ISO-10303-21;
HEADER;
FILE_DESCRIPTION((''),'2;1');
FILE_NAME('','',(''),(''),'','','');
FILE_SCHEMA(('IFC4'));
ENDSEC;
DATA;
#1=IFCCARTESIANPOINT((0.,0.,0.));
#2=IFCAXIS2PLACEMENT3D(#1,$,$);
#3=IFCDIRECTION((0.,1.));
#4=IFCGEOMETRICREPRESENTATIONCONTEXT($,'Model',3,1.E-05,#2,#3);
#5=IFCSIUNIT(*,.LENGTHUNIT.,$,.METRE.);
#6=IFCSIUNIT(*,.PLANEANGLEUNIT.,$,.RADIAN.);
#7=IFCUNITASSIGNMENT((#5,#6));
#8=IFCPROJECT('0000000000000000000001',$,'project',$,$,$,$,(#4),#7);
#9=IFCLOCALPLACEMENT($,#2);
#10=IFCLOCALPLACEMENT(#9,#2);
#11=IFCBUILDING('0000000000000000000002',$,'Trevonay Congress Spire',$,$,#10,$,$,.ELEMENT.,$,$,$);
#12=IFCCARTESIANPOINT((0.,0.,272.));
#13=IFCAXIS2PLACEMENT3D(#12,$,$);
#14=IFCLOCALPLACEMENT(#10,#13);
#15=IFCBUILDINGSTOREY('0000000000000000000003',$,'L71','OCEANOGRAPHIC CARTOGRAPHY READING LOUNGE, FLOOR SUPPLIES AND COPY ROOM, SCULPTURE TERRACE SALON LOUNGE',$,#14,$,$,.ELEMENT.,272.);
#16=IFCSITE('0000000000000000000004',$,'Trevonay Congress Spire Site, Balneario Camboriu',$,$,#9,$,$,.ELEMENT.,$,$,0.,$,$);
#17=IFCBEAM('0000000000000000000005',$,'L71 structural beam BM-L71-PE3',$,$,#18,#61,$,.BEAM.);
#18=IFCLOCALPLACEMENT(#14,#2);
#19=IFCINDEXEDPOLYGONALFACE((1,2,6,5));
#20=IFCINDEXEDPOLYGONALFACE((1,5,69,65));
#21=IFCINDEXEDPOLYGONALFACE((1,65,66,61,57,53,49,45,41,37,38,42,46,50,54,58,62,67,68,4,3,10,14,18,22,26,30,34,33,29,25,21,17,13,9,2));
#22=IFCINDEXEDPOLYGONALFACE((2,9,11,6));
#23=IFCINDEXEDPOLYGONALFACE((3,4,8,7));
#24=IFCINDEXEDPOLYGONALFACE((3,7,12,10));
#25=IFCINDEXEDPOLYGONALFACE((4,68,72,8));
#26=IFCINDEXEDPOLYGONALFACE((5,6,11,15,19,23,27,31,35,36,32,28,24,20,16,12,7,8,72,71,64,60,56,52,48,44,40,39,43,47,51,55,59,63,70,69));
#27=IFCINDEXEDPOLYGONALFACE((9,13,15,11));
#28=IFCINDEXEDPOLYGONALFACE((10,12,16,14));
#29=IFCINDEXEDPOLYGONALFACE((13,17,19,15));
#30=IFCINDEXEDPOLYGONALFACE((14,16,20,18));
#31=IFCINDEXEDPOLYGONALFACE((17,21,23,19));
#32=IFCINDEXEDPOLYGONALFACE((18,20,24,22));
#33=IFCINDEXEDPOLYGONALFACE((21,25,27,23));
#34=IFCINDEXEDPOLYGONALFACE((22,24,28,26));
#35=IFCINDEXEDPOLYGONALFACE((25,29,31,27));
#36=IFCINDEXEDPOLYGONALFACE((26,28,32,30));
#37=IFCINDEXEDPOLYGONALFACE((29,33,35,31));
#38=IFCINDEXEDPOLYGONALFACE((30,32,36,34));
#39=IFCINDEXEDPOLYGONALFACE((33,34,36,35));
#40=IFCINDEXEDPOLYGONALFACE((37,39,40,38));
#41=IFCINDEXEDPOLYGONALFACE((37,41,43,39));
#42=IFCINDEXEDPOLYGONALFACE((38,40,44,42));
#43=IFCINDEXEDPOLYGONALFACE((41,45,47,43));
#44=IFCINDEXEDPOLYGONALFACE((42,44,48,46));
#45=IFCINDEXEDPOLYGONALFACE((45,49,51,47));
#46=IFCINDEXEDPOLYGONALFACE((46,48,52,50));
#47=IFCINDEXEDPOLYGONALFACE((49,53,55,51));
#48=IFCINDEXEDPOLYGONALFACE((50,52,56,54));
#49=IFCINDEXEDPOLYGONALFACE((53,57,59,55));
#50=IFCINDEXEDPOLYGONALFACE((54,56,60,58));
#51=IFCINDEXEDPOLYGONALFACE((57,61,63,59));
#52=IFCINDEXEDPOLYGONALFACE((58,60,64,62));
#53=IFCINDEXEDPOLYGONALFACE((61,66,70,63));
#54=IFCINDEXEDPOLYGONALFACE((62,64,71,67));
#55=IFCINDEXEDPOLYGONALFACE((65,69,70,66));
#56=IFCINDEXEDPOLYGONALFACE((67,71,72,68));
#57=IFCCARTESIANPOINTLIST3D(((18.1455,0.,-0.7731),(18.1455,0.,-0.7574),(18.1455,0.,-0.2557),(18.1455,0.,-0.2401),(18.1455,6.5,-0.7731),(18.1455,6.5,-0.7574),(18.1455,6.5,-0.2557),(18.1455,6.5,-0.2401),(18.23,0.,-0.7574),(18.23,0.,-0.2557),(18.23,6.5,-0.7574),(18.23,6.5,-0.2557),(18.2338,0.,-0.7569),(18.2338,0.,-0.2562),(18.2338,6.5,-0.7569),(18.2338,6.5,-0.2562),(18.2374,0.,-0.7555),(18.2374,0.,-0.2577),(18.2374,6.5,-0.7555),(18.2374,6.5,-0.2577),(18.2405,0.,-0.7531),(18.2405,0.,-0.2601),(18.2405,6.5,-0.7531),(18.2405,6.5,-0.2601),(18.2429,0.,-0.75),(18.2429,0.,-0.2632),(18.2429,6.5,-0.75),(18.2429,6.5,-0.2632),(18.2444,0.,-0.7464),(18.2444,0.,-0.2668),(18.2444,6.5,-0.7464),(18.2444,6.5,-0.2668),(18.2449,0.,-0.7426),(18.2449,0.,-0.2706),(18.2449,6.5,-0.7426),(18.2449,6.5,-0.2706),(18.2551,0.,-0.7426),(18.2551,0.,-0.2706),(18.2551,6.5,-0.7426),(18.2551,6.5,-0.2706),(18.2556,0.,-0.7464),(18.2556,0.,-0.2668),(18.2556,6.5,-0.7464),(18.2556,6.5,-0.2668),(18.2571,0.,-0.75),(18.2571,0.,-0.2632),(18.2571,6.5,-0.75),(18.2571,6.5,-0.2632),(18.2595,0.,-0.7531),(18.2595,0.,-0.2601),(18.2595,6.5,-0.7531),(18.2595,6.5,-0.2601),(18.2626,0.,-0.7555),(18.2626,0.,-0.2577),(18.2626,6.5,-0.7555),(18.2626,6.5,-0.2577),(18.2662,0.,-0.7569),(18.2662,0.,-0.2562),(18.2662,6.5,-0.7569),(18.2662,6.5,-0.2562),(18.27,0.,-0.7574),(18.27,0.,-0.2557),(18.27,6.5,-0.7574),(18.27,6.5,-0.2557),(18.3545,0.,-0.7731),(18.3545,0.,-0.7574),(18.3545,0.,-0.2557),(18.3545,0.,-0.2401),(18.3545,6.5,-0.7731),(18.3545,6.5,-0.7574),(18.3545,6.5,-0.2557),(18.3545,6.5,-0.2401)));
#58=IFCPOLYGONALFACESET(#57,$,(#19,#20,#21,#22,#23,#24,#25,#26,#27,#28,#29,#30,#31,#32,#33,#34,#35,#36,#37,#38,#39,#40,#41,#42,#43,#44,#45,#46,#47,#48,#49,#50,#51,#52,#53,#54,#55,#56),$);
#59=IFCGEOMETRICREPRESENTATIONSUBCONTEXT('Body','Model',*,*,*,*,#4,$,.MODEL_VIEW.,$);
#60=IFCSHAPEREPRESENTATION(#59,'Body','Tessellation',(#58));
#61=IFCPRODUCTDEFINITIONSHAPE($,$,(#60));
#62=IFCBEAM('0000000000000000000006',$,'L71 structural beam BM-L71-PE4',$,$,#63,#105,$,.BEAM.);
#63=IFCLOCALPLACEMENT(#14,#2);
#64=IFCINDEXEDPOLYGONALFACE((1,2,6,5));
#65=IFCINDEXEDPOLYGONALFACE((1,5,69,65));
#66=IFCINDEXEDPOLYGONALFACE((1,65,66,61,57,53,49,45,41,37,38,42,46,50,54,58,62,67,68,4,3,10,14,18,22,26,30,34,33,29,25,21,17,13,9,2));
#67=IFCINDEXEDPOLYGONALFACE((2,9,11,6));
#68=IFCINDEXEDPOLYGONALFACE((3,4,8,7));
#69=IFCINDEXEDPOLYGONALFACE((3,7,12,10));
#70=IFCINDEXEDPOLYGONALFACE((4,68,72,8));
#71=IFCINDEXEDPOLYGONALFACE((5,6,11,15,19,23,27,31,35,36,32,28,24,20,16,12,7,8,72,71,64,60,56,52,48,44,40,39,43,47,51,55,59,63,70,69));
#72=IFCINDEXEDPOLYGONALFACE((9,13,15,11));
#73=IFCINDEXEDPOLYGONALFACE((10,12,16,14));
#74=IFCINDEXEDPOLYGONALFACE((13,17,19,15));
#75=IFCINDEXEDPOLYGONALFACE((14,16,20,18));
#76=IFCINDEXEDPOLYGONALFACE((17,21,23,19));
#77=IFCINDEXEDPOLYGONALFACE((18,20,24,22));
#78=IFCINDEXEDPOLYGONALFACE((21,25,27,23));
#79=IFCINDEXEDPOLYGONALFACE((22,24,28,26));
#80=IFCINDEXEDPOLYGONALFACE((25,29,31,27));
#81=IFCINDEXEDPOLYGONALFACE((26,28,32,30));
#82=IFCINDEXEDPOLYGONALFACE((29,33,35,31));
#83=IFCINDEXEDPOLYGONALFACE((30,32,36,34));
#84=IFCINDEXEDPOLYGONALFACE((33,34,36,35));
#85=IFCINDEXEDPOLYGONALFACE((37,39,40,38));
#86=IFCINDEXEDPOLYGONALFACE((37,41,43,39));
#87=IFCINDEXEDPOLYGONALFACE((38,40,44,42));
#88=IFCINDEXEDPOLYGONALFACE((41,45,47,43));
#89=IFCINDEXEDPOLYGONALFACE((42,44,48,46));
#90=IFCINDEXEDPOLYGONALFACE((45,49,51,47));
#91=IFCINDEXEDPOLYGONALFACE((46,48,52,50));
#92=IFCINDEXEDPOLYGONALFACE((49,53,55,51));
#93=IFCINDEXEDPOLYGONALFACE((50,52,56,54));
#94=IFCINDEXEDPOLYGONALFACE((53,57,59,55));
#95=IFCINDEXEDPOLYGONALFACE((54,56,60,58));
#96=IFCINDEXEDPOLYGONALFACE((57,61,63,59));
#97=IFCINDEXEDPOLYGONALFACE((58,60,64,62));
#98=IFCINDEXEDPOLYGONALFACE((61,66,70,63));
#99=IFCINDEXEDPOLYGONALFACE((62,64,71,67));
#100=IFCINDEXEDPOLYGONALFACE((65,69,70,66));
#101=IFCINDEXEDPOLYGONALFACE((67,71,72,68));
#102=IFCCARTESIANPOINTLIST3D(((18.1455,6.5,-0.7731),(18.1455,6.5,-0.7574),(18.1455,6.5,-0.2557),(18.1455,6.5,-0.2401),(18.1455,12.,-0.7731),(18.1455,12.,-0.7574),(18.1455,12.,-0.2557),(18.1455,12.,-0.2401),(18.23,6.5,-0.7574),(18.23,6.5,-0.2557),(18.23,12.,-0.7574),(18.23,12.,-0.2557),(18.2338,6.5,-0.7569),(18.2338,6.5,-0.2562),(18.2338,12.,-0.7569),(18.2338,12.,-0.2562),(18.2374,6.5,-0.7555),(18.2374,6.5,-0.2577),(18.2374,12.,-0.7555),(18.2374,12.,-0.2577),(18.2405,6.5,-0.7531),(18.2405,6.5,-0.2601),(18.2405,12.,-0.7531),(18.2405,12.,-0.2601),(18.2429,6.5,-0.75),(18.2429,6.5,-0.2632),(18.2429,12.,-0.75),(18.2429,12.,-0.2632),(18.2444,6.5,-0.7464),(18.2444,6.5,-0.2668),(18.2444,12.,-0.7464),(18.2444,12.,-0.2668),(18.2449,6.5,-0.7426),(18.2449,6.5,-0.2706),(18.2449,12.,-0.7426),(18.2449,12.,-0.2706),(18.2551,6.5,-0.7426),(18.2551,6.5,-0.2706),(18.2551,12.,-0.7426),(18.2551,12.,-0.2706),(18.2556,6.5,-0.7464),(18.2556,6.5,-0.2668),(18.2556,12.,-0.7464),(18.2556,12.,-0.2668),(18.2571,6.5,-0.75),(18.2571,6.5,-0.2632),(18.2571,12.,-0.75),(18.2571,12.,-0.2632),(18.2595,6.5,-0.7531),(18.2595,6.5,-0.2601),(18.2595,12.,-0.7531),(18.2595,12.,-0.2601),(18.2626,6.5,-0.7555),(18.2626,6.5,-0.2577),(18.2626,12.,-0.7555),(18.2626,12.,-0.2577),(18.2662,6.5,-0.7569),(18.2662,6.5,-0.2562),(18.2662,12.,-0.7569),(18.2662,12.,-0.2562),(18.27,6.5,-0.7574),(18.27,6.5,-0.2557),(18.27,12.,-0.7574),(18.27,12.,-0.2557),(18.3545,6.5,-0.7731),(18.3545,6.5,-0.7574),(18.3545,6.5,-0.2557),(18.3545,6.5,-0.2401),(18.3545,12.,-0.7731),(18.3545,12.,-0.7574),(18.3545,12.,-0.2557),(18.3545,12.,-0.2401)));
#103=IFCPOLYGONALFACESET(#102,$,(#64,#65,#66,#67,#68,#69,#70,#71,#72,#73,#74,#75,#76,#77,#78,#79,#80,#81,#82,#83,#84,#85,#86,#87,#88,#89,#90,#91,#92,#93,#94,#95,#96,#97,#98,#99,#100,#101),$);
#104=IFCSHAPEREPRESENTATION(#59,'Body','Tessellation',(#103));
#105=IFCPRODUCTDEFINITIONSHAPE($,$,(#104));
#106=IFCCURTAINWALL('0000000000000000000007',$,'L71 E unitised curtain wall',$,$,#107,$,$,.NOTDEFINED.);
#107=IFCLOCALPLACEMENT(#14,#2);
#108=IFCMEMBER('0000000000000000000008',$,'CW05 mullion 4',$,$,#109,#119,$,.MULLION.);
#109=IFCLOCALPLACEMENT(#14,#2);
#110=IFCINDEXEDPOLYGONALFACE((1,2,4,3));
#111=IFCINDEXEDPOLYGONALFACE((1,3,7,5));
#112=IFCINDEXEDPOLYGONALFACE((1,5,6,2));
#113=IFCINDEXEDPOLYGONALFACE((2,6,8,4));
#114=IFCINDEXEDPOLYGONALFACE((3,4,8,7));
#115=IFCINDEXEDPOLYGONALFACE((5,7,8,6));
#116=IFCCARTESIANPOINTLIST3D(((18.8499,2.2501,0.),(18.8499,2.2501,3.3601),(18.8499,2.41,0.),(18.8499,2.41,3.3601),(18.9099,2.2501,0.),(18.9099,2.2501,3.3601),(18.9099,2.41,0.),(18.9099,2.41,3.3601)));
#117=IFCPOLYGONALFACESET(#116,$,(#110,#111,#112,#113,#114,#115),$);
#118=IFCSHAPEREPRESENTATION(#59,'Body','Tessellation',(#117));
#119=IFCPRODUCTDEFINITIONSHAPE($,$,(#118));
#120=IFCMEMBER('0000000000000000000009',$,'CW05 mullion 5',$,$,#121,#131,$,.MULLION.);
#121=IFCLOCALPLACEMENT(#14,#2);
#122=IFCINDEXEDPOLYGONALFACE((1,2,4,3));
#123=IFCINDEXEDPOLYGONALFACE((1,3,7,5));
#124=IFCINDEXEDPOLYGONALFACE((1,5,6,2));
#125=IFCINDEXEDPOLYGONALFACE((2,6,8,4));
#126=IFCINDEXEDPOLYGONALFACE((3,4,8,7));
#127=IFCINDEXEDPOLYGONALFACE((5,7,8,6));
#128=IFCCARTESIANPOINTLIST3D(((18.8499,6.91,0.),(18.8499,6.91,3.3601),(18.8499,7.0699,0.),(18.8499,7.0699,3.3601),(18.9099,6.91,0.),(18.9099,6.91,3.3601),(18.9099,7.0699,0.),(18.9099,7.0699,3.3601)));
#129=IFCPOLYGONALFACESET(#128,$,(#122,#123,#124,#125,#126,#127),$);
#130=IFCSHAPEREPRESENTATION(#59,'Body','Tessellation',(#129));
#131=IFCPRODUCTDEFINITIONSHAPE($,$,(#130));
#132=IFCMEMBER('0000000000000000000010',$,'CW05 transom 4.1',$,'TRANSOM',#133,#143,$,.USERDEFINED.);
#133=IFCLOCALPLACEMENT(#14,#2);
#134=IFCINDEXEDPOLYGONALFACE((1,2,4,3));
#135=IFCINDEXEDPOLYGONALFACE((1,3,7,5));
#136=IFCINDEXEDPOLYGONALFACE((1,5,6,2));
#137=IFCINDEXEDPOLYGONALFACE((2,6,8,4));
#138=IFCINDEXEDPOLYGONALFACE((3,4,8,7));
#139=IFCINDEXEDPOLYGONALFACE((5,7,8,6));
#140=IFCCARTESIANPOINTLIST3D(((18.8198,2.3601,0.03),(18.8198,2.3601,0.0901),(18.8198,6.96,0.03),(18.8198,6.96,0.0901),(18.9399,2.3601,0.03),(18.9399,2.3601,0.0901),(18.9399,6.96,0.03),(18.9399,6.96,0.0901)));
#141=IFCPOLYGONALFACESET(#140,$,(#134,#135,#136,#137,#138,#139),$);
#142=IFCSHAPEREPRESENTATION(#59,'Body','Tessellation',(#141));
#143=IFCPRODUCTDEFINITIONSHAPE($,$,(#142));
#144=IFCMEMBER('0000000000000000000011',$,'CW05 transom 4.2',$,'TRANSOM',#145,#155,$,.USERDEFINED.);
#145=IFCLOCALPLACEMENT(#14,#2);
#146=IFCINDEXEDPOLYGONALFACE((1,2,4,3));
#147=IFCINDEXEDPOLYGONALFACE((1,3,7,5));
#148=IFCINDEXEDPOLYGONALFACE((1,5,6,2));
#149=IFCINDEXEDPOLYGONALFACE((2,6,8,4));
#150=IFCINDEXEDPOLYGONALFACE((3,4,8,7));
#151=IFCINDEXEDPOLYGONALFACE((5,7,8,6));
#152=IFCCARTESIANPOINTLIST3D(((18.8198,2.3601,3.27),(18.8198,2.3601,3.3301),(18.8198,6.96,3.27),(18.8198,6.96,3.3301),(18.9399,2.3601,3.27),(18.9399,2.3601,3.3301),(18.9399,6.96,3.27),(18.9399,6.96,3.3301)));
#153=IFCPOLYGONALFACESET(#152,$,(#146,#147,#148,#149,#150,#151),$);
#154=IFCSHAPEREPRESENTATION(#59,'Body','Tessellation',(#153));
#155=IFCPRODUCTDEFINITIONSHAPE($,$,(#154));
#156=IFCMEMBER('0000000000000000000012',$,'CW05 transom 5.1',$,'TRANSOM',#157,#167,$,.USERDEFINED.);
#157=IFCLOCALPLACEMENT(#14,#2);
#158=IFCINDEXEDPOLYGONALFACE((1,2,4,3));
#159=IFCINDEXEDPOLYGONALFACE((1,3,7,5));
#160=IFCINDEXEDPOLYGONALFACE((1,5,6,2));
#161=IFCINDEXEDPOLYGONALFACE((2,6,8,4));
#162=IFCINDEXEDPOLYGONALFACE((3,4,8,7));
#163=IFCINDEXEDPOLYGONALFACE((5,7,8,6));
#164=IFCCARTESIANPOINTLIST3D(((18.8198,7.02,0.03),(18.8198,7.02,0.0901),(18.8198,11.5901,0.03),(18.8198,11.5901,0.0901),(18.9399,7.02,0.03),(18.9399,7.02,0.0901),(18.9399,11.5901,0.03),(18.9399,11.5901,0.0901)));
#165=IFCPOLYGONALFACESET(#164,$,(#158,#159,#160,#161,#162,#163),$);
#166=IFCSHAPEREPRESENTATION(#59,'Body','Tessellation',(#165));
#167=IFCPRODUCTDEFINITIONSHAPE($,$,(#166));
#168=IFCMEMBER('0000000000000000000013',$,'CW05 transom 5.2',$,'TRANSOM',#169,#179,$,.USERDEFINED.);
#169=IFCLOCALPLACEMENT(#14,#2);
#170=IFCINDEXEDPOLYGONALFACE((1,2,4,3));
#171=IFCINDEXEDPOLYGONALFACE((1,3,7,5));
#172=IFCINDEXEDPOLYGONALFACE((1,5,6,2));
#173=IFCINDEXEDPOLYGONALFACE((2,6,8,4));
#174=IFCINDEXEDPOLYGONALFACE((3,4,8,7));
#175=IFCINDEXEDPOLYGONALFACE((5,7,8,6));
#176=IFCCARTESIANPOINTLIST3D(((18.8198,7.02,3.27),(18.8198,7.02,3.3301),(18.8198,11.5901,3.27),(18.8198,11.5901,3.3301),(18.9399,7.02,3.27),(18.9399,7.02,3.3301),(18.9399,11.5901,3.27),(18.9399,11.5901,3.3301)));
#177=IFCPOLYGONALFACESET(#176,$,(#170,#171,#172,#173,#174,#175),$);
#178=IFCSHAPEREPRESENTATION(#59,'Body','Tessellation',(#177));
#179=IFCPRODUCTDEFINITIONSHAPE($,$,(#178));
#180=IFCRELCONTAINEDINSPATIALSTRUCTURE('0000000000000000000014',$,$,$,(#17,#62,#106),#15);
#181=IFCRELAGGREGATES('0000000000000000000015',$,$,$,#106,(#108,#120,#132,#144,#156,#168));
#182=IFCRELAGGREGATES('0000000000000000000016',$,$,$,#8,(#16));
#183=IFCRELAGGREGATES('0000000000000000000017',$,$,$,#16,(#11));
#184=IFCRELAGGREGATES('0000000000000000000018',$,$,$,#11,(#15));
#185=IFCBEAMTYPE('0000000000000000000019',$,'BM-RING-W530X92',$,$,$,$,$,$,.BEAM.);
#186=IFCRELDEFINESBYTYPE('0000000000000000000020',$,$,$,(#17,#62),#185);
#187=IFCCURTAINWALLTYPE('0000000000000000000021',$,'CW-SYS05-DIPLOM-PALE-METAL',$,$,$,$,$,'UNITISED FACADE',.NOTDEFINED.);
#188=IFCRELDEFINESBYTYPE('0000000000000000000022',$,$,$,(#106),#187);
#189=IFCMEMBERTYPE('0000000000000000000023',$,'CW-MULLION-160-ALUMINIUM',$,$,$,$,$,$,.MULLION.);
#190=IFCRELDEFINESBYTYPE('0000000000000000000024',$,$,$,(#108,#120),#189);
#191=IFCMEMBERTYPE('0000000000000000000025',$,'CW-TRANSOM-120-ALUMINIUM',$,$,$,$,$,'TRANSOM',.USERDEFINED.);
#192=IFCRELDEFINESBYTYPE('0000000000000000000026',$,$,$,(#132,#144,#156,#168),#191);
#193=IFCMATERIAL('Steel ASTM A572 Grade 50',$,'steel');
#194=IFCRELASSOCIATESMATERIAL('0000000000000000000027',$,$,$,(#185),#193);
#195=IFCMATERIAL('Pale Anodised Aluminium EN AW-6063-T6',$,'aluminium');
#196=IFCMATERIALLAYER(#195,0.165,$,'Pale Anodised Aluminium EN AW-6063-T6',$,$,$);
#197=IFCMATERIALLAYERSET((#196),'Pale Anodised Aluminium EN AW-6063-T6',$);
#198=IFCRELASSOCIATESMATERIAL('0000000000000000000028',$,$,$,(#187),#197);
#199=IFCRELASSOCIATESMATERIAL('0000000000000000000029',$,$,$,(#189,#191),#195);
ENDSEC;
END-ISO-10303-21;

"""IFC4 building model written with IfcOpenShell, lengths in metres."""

from ifc_helpers import new_model, si_unit, direction, frame, origin, origin_2d, place, context, subcontext, project, spatial, rectangle, i_section, extrude, material, layer, layer_set, material_profile, profile_set, type_object, element, aggregate, save


model = new_model("IFC4")

# Units and contexts
model_context = context("Model", 3, precision=1e-05, world=origin(), true_north=direction((0.0, 1.0)))
body_context = subcontext(model_context, "Body", "Model", "MODEL_VIEW")
ifc_project = project(units=[si_unit("LENGTHUNIT", "METRE"), si_unit("PLANEANGLEUNIT", "RADIAN")], contexts=[model_context])

# Site, building, storey
site_placement = place(None, origin())
site = spatial("IfcSite", under=ifc_project, at=site_placement, Name="Trevonay Congress Spire Site, Balneario Camboriu", CompositionType="ELEMENT", RefElevation=0.0)
building_placement = place(site_placement, origin())
building = spatial("IfcBuilding", under=site, at=building_placement, Name="Trevonay Congress Spire", CompositionType="ELEMENT")
storey_placement = place(building_placement, frame((0.0, 0.0, 272.0)))
storey = spatial("IfcBuildingStorey", under=building, at=storey_placement, Name="L71", Description="OCEANOGRAPHIC CARTOGRAPHY READING LOUNGE, FLOOR SUPPLIES AND COPY ROOM, SCULPTURE TERRACE SALON LOUNGE", CompositionType="ELEMENT", Elevation=272.0)

# Shared definitions
ifc_material_1 = material(Name="Steel ASTM A572 Grade 50", Category="steel")

# Beams
ifc_material_profile_1 = material_profile(ifc_material_1, i_section(OverallWidth=0.209, OverallDepth=0.533, WebThickness=0.0103, FlangeThickness=0.0156, FilletRadius=0.0149, at=origin_2d()), Name="W530x92")
ifc_profile_set_1 = profile_set([ifc_material_profile_1], Name="Steel ASTM A572 Grade 50")
beam_type_1 = type_object("IfcBeamType", Name="BM-RING-W530X92", PredefinedType="BEAM", material=ifc_profile_set_1)
beam_1_placement = place(storey_placement, frame((18.25, 0.0, -0.5066), z_axis=(0.0, 1.0, 0.0), x_axis=(-1.0, 0.0, 0.0)))
element("IfcBeam", 1, at=beam_1_placement, inside=storey, type_object=beam_type_1, Name="L71 structural beam BM-L71-PE3", PredefinedType="BEAM", context=body_context, shape_type="SweptSolid", body=[
    extrude(i_section(OverallWidth=0.209, OverallDepth=0.533, WebThickness=0.0103, FlangeThickness=0.0156, FilletRadius=0.0149, at=origin_2d()), origin(), (0.0, 0.0, 1.0), 6.5),
])
beam_2_placement = place(storey_placement, frame((18.25, 6.5, -0.5066), z_axis=(0.0, 1.0, 0.0), x_axis=(-1.0, 0.0, 0.0)))
element("IfcBeam", 2, at=beam_2_placement, inside=storey, type_object=beam_type_1, Name="L71 structural beam BM-L71-PE4", PredefinedType="BEAM", context=body_context, shape_type="SweptSolid", body=[
    extrude(i_section(OverallWidth=0.209, OverallDepth=0.533, WebThickness=0.0103, FlangeThickness=0.0156, FilletRadius=0.0149, at=origin_2d()), origin(), (0.0, 0.0, 1.0), 5.5),
])

# Curtain wall, members
ifc_material_2 = material(Name="Pale Anodised Aluminium EN AW-6063-T6", Category="aluminium")
ifc_layer_1 = layer(ifc_material_2, 0.165, Name="Pale Anodised Aluminium EN AW-6063-T6")
ifc_layer_set_1 = layer_set([ifc_layer_1], Name="Pale Anodised Aluminium EN AW-6063-T6")
curtain_wall_type = type_object("IfcCurtainWallType", Name="CW-SYS05-DIPLOM-PALE-METAL", ElementType="UNITISED FACADE", PredefinedType="NOTDEFINED", material=ifc_layer_set_1)
curtain_wall_placement = place(storey_placement, origin())
curtain_wall = element("IfcCurtainWall", 3, at=curtain_wall_placement, inside=storey, type_object=curtain_wall_type, Name="L71 E unitised curtain wall", PredefinedType="NOTDEFINED")
ifc_material_profile_2 = material_profile(ifc_material_2, rectangle(XDim=0.0601, YDim=0.1599, at=origin_2d()), Name="CW-MULLION-160-ALUMINIUM")
ifc_profile_set_2 = profile_set([ifc_material_profile_2], Name="Pale Anodised Aluminium EN AW-6063-T6")
member_type_1 = type_object("IfcMemberType", Name="CW-MULLION-160-ALUMINIUM", PredefinedType="MULLION", material=ifc_profile_set_2)
member_1_placement = place(storey_placement, frame((18.8799, 2.3301, 0.0), z_axis=(0.0, 0.0, 1.0), x_axis=(-1.0, 0.0, 0.0)))
member_1 = element("IfcMember", 4, at=member_1_placement, type_object=member_type_1, Name="CW05 mullion 4", PredefinedType="MULLION", context=body_context, shape_type="SweptSolid", body=[
    extrude(rectangle(XDim=0.0601, YDim=0.1599, at=origin_2d()), origin(), (0.0, 0.0, 1.0), 3.3601),
])
member_2_placement = place(storey_placement, frame((18.8799, 6.99, 0.0), z_axis=(0.0, 0.0, 1.0), x_axis=(-1.0, 0.0, 0.0)))
member_2 = element("IfcMember", 5, at=member_2_placement, type_object=member_type_1, Name="CW05 mullion 5", PredefinedType="MULLION", context=body_context, shape_type="SweptSolid", body=[
    extrude(rectangle(XDim=0.0601, YDim=0.1599, at=origin_2d()), origin(), (0.0, 0.0, 1.0), 3.3601),
])
ifc_material_profile_3 = material_profile(ifc_material_2, rectangle(XDim=0.1201, YDim=0.0601, at=origin_2d()), Name="CW-TRANSOM-120-ALUMINIUM")
ifc_profile_set_3 = profile_set([ifc_material_profile_3], Name="Pale Anodised Aluminium EN AW-6063-T6")
member_type_2 = type_object("IfcMemberType", Name="CW-TRANSOM-120-ALUMINIUM", ElementType="TRANSOM", PredefinedType="USERDEFINED", material=ifc_profile_set_3)
member_3_placement = place(storey_placement, frame((18.8799, 2.3601, 0.0601), z_axis=(0.0, 1.0, 0.0), x_axis=(-1.0, 0.0, 0.0)))
member_3 = element("IfcMember", 6, at=member_3_placement, type_object=member_type_2, Name="CW05 transom 4.1", ObjectType="TRANSOM", PredefinedType="USERDEFINED", context=body_context, shape_type="SweptSolid", body=[
    extrude(rectangle(XDim=0.1201, YDim=0.0601, at=origin_2d()), origin(), (0.0, 0.0, 1.0), 4.5999),
])
member_4_placement = place(storey_placement, frame((18.8799, 2.3601, 3.3), z_axis=(0.0, 1.0, 0.0), x_axis=(-1.0, 0.0, 0.0)))
member_4 = element("IfcMember", 7, at=member_4_placement, type_object=member_type_2, Name="CW05 transom 4.2", ObjectType="TRANSOM", PredefinedType="USERDEFINED", context=body_context, shape_type="SweptSolid", body=[
    extrude(rectangle(XDim=0.1201, YDim=0.0601, at=origin_2d()), origin(), (0.0, 0.0, 1.0), 4.5999),
])
member_5_placement = place(storey_placement, frame((18.8799, 7.02, 0.0601), z_axis=(0.0, 1.0, 0.0), x_axis=(-1.0, 0.0, 0.0)))
member_5 = element("IfcMember", 8, at=member_5_placement, type_object=member_type_2, Name="CW05 transom 5.1", ObjectType="TRANSOM", PredefinedType="USERDEFINED", context=body_context, shape_type="SweptSolid", body=[
    extrude(rectangle(XDim=0.1201, YDim=0.0601, at=origin_2d()), origin(), (0.0, 0.0, 1.0), 4.5701),
])
member_6_placement = place(storey_placement, frame((18.8799, 7.02, 3.3), z_axis=(0.0, 1.0, 0.0), x_axis=(-1.0, 0.0, 0.0)))
member_6 = element("IfcMember", 9, at=member_6_placement, type_object=member_type_2, Name="CW05 transom 5.2", ObjectType="TRANSOM", PredefinedType="USERDEFINED", context=body_context, shape_type="SweptSolid", body=[
    extrude(rectangle(XDim=0.1201, YDim=0.0601, at=origin_2d()), origin(), (0.0, 0.0, 1.0), 4.5701),
])

aggregate(curtain_wall, [member_1, member_2, member_3, member_4, member_5, member_6])

save(model, "model.ifc")
